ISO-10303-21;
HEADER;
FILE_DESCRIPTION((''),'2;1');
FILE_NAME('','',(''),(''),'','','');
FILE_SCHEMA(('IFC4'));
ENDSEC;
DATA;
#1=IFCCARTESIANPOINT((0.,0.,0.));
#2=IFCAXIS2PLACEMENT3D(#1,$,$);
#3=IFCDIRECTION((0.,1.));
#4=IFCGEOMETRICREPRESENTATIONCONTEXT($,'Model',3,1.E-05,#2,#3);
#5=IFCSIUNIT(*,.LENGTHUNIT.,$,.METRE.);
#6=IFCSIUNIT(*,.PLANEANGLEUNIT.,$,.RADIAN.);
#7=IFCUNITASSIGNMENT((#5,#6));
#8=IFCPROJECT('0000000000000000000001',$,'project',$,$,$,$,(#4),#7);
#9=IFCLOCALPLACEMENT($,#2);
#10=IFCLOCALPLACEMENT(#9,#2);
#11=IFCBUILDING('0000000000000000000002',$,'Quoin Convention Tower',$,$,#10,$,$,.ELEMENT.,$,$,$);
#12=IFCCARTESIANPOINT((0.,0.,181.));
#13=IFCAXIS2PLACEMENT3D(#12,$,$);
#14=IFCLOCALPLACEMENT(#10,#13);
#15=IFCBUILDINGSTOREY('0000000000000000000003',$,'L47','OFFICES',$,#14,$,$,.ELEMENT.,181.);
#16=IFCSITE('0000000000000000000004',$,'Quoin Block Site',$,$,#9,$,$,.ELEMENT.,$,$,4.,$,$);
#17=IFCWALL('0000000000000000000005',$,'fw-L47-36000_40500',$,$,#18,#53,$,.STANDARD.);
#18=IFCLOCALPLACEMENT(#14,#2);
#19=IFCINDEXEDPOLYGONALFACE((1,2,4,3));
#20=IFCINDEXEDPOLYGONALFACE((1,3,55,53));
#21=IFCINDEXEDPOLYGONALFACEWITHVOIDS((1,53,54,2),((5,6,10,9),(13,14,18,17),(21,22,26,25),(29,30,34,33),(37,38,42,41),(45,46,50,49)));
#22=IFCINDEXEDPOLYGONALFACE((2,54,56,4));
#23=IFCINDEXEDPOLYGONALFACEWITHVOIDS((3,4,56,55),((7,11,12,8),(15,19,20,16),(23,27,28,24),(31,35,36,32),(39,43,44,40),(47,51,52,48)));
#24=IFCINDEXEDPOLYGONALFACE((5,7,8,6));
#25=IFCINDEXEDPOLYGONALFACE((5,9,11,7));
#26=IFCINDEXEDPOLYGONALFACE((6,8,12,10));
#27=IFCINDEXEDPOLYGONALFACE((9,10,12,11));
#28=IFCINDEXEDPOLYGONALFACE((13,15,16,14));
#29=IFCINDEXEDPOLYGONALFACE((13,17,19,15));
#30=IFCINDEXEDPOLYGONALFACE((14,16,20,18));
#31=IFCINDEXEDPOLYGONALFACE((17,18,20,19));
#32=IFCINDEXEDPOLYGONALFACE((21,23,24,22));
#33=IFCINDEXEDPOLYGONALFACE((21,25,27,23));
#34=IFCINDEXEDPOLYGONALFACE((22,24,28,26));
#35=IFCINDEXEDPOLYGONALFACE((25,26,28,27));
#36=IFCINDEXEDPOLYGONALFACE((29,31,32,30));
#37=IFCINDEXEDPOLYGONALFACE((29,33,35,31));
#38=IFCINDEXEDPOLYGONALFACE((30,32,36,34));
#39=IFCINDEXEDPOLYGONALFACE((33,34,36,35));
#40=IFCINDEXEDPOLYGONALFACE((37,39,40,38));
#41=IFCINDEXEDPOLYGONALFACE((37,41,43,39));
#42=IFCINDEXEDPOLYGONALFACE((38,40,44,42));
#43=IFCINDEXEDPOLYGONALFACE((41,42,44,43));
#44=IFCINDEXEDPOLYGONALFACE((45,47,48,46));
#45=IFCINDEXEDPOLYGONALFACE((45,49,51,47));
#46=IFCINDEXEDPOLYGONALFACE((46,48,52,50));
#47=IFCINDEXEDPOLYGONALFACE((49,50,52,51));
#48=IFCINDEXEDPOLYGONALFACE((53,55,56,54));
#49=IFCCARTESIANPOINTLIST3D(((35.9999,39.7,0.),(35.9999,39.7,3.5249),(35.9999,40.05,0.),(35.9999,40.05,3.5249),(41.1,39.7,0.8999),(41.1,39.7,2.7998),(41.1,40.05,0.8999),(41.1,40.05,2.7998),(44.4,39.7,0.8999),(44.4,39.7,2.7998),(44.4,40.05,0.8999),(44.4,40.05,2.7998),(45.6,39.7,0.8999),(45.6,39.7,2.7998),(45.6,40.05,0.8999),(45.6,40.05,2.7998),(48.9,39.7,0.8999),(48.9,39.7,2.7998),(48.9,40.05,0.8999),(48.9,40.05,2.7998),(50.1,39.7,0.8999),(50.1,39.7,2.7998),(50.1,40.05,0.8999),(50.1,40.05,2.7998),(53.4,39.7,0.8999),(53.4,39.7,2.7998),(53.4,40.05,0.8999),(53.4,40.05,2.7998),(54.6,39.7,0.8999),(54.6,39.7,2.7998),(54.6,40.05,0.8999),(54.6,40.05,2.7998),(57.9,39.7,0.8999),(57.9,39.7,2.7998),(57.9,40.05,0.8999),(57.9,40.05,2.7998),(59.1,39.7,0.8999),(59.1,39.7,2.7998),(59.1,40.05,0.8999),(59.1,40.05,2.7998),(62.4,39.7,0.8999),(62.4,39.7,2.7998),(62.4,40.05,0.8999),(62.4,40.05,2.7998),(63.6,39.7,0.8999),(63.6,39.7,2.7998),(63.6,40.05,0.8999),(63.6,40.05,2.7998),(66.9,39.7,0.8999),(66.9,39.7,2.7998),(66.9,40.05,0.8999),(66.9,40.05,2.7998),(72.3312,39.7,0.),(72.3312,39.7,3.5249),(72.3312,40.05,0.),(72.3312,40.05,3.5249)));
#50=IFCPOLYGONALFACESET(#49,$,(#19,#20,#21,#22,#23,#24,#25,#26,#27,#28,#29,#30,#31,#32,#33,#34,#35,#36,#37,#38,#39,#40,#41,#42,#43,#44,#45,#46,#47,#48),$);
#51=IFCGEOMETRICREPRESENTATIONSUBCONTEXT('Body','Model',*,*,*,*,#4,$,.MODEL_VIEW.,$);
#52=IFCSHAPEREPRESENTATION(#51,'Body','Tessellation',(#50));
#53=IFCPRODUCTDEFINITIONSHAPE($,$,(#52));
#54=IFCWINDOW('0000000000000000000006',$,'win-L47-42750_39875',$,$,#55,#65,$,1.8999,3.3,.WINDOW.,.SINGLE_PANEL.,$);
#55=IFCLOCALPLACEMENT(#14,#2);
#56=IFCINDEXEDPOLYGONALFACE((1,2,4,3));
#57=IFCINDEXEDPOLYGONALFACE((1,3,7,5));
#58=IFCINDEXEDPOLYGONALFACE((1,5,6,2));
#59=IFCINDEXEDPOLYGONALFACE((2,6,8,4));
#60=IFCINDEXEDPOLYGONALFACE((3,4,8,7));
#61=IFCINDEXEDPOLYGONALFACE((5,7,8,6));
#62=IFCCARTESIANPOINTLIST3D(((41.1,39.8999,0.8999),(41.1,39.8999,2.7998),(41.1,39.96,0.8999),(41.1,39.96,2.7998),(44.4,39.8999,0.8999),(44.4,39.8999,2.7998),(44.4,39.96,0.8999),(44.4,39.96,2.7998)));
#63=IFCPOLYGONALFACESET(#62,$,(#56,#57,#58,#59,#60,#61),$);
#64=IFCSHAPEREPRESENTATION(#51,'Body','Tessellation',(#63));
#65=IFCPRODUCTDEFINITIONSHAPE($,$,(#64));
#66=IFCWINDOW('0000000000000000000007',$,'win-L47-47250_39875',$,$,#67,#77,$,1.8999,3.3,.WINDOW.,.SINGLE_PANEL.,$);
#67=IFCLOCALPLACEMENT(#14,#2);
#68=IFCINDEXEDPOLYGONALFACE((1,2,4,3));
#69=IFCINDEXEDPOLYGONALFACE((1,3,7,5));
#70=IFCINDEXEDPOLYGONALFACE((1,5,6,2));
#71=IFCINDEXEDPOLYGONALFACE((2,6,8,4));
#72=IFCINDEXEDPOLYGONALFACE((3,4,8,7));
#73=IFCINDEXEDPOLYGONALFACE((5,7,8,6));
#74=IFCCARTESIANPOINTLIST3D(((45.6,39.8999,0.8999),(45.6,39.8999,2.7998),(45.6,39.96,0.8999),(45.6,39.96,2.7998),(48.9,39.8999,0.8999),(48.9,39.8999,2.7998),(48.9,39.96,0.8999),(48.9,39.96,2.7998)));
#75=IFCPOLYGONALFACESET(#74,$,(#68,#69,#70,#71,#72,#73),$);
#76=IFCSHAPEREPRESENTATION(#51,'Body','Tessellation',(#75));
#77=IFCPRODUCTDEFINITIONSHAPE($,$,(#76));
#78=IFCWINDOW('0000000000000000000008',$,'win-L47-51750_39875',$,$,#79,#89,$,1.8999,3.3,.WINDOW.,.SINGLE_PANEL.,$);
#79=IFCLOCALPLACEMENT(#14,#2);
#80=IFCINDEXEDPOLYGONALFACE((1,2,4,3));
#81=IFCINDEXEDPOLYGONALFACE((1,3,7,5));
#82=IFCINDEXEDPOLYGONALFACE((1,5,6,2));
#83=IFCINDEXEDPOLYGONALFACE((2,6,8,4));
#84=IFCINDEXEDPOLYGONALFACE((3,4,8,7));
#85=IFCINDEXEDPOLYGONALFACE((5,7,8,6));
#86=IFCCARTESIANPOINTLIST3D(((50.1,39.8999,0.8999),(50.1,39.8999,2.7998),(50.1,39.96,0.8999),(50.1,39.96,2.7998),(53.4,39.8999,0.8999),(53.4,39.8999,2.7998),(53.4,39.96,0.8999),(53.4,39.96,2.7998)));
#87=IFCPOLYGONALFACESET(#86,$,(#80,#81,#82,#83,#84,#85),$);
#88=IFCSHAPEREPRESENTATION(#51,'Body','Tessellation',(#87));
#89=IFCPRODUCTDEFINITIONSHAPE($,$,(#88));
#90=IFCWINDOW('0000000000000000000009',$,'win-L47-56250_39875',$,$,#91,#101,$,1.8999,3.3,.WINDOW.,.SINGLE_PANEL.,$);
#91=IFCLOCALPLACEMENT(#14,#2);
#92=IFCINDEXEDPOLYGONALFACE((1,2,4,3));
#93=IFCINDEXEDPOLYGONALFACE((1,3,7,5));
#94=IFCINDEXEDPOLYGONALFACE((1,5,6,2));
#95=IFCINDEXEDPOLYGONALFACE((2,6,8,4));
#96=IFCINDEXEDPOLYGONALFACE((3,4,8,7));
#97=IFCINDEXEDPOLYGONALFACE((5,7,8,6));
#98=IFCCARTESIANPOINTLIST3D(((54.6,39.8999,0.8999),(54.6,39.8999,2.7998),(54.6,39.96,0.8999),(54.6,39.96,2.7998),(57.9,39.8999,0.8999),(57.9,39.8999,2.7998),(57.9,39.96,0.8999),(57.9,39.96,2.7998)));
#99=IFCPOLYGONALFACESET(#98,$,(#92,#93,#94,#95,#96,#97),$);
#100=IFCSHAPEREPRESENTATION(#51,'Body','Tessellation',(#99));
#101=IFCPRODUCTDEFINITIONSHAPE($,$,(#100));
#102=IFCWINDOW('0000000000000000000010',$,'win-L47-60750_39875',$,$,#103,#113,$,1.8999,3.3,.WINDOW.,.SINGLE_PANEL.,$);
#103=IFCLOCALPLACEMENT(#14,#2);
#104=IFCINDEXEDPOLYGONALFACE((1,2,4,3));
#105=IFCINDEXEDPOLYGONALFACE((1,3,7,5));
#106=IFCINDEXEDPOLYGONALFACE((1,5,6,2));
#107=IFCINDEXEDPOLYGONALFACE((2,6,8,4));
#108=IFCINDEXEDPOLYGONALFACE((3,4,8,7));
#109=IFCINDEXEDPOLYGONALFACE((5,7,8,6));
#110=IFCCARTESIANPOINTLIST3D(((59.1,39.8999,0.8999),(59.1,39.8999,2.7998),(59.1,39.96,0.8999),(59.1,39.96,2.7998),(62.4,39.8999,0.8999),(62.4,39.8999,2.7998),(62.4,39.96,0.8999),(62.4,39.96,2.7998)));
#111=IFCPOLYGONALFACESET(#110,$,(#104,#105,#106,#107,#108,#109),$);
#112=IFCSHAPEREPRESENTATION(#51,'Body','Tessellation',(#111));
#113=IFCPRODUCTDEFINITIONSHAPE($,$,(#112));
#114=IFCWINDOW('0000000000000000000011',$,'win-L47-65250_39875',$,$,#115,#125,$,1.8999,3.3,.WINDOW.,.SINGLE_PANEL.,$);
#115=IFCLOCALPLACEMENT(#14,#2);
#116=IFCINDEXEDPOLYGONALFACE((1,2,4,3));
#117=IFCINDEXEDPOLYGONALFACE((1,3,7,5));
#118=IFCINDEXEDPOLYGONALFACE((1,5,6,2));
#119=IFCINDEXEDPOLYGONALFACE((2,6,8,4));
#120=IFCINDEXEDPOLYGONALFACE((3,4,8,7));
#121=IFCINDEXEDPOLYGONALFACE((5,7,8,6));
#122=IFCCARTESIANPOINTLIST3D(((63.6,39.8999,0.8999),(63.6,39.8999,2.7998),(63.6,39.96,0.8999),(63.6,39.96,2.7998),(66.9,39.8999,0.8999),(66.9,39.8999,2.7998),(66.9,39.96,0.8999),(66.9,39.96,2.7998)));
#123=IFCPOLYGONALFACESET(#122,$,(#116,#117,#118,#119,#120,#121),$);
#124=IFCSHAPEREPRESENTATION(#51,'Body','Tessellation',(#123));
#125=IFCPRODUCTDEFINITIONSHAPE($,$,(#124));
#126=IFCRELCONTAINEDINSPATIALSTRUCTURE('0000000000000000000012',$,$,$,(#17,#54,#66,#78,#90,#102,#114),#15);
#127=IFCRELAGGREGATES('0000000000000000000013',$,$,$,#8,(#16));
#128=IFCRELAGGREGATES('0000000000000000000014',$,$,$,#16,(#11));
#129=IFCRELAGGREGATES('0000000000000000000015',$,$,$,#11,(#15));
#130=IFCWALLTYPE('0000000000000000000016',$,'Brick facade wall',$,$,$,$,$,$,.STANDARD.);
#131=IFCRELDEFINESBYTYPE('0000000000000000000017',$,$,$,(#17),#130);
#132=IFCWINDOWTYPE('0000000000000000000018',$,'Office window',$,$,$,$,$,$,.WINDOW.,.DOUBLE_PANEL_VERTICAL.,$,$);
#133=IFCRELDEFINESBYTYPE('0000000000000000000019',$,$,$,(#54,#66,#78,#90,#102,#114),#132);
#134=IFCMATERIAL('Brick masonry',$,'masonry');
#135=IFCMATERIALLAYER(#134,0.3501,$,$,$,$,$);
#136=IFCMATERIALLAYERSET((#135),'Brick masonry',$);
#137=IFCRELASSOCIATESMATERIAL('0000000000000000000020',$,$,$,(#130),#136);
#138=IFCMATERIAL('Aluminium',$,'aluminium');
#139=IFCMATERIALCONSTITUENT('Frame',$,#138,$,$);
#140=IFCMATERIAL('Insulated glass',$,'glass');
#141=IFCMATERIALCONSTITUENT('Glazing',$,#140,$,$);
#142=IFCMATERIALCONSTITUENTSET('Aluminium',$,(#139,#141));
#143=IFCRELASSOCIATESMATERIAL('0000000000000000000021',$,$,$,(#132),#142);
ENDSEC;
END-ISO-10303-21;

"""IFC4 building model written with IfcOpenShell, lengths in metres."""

from ifc_helpers import new_model, si_unit, direction, frame, frame_2d, origin, place, context, subcontext, project, spatial, rectangle, extrude, material, layer, layer_set, constituent, constituent_set, type_object, element, fill, save


model = new_model("IFC4")

# Units and contexts
model_context = context("Model", 3, precision=1e-05, world=origin(), true_north=direction((0.0, 1.0)))
body_context = subcontext(model_context, "Body", "Model", "MODEL_VIEW")
ifc_project = project(units=[si_unit("LENGTHUNIT", "METRE"), si_unit("PLANEANGLEUNIT", "RADIAN")], contexts=[model_context])

# Site, building, storey
site_placement = place(None, origin())
site = spatial("IfcSite", under=ifc_project, at=site_placement, Name="Quoin Block Site", CompositionType="ELEMENT", RefElevation=4.0)
building_placement = place(site_placement, origin())
building = spatial("IfcBuilding", under=site, at=building_placement, Name="Quoin Convention Tower", CompositionType="ELEMENT")
storey_placement = place(building_placement, frame((0.0, 0.0, 181.0)))
storey = spatial("IfcBuildingStorey", under=building, at=storey_placement, Name="L47", Description="OFFICES", CompositionType="ELEMENT", Elevation=181.0)

# Wall, openings, windows
ifc_material_1 = material(Name="Brick masonry", Category="masonry")
ifc_layer_1 = layer(ifc_material_1, 0.3501)
ifc_layer_set_1 = layer_set([ifc_layer_1], Name="Brick masonry")
wall_type_1 = type_object("IfcWallType", Name="Brick facade wall", PredefinedType="STANDARD", material=ifc_layer_set_1)
wall_1_placement = place(storey_placement, frame((36.0, 39.875, 0.0), z_axis=(0.0, 0.0, 1.0), x_axis=(1.0, 0.0, 0.0)))
wall_1 = element("IfcWall", 1, at=wall_1_placement, inside=storey, type_object=wall_type_1, Name="fw-L47-36000_40500", PredefinedType="STANDARD", context=body_context, shape_type="SweptSolid", body=[
    extrude(rectangle(XDim=36.3313, YDim=0.3501, at=frame_2d((18.1655, 0.0))), origin(), (0.0, 0.0, 1.0), 3.5249),
])
opening_1_placement = place(wall_1_placement, frame((5.1001, 0.0, 0.8999)))
opening_1 = element("IfcOpeningElement", 2, at=opening_1_placement, cuts=wall_1, PredefinedType="OPENING", context=body_context, shape_type="SweptSolid", body=[
    extrude(rectangle(XDim=3.3, YDim=1.8999, at=frame_2d((1.6499, 0.95))), frame((0.0, 0.1851, 0.0), z_axis=(0.0, -1.0, 0.0), x_axis=(1.0, 0.0, 0.0)), (0.0, 0.0, 1.0), 0.3701),
])
opening_2_placement = place(wall_1_placement, frame((9.6001, 0.0, 0.8999)))
opening_2 = element("IfcOpeningElement", 3, at=opening_2_placement, cuts=wall_1, PredefinedType="OPENING", context=body_context, shape_type="SweptSolid", body=[
    extrude(rectangle(XDim=3.3, YDim=1.8999, at=frame_2d((1.6499, 0.95))), frame((0.0, 0.1851, 0.0), z_axis=(0.0, -1.0, 0.0), x_axis=(1.0, 0.0, 0.0)), (0.0, 0.0, 1.0), 0.3701),
])
opening_3_placement = place(wall_1_placement, frame((14.1001, 0.0, 0.8999)))
opening_3 = element("IfcOpeningElement", 4, at=opening_3_placement, cuts=wall_1, PredefinedType="OPENING", context=body_context, shape_type="SweptSolid", body=[
    extrude(rectangle(XDim=3.3, YDim=1.8999, at=frame_2d((1.6499, 0.95))), frame((0.0, 0.1851, 0.0), z_axis=(0.0, -1.0, 0.0), x_axis=(1.0, 0.0, 0.0)), (0.0, 0.0, 1.0), 0.3701),
])
opening_4_placement = place(wall_1_placement, frame((18.6001, 0.0, 0.8999)))
opening_4 = element("IfcOpeningElement", 5, at=opening_4_placement, cuts=wall_1, PredefinedType="OPENING", context=body_context, shape_type="SweptSolid", body=[
    extrude(rectangle(XDim=3.3, YDim=1.8999, at=frame_2d((1.6499, 0.95))), frame((0.0, 0.1851, 0.0), z_axis=(0.0, -1.0, 0.0), x_axis=(1.0, 0.0, 0.0)), (0.0, 0.0, 1.0), 0.3701),
])
opening_5_placement = place(wall_1_placement, frame((23.1001, 0.0, 0.8999)))
opening_5 = element("IfcOpeningElement", 6, at=opening_5_placement, cuts=wall_1, PredefinedType="OPENING", context=body_context, shape_type="SweptSolid", body=[
    extrude(rectangle(XDim=3.3, YDim=1.8999, at=frame_2d((1.6499, 0.95))), frame((0.0, 0.1851, 0.0), z_axis=(0.0, -1.0, 0.0), x_axis=(1.0, 0.0, 0.0)), (0.0, 0.0, 1.0), 0.3701),
])
opening_6_placement = place(wall_1_placement, frame((27.6001, 0.0, 0.8999)))
opening_6 = element("IfcOpeningElement", 7, at=opening_6_placement, cuts=wall_1, PredefinedType="OPENING", context=body_context, shape_type="SweptSolid", body=[
    extrude(rectangle(XDim=3.3, YDim=1.8999, at=frame_2d((1.6499, 0.95))), frame((0.0, 0.1851, 0.0), z_axis=(0.0, -1.0, 0.0), x_axis=(1.0, 0.0, 0.0)), (0.0, 0.0, 1.0), 0.3701),
])
ifc_material_2 = material(Name="Aluminium", Category="aluminium")
ifc_constituent_1 = constituent(ifc_material_2, Name="Frame")
ifc_material_3 = material(Name="Insulated glass", Category="glass")
ifc_constituent_2 = constituent(ifc_material_3, Name="Glazing")
ifc_constituent_set = constituent_set(constituents=[ifc_constituent_1, ifc_constituent_2], Name="Aluminium")
window_type = type_object("IfcWindowType", Name="Office window", PartitioningType="DOUBLE_PANEL_VERTICAL", PredefinedType="WINDOW", material=ifc_constituent_set)
window_1_placement = place(opening_1_placement, origin())
window_1 = element("IfcWindow", 8, at=window_1_placement, inside=storey, type_object=window_type, Name="win-L47-42750_39875", OverallHeight=1.8999, OverallWidth=3.3, PartitioningType="SINGLE_PANEL", PredefinedType="WINDOW", context=body_context, shape_type="SweptSolid", body=[
    extrude(rectangle(XDim=3.3, YDim=1.8999, at=frame_2d((1.6499, 0.95))), frame((0.0, 0.085, 0.0), z_axis=(0.0, -1.0, 0.0), x_axis=(1.0, 0.0, 0.0)), (0.0, 0.0, 1.0), 0.0601),
])
fill(opening_1, window_1)
window_2_placement = place(opening_2_placement, origin())
window_2 = element("IfcWindow", 9, at=window_2_placement, inside=storey, type_object=window_type, Name="win-L47-47250_39875", OverallHeight=1.8999, OverallWidth=3.3, PartitioningType="SINGLE_PANEL", PredefinedType="WINDOW", context=body_context, shape_type="SweptSolid", body=[
    extrude(rectangle(XDim=3.3, YDim=1.8999, at=frame_2d((1.6499, 0.95))), frame((0.0, 0.085, 0.0), z_axis=(0.0, -1.0, 0.0), x_axis=(1.0, 0.0, 0.0)), (0.0, 0.0, 1.0), 0.0601),
])
fill(opening_2, window_2)
window_3_placement = place(opening_3_placement, origin())
window_3 = element("IfcWindow", 10, at=window_3_placement, inside=storey, type_object=window_type, Name="win-L47-51750_39875", OverallHeight=1.8999, OverallWidth=3.3, PartitioningType="SINGLE_PANEL", PredefinedType="WINDOW", context=body_context, shape_type="SweptSolid", body=[
    extrude(rectangle(XDim=3.3, YDim=1.8999, at=frame_2d((1.6499, 0.95))), frame((0.0, 0.085, 0.0), z_axis=(0.0, -1.0, 0.0), x_axis=(1.0, 0.0, 0.0)), (0.0, 0.0, 1.0), 0.0601),
])
fill(opening_3, window_3)
window_4_placement = place(opening_4_placement, origin())
window_4 = element("IfcWindow", 11, at=window_4_placement, inside=storey, type_object=window_type, Name="win-L47-56250_39875", OverallHeight=1.8999, OverallWidth=3.3, PartitioningType="SINGLE_PANEL", PredefinedType="WINDOW", context=body_context, shape_type="SweptSolid", body=[
    extrude(rectangle(XDim=3.3, YDim=1.8999, at=frame_2d((1.6499, 0.95))), frame((0.0, 0.085, 0.0), z_axis=(0.0, -1.0, 0.0), x_axis=(1.0, 0.0, 0.0)), (0.0, 0.0, 1.0), 0.0601),
])
fill(opening_4, window_4)
window_5_placement = place(opening_5_placement, origin())
window_5 = element("IfcWindow", 12, at=window_5_placement, inside=storey, type_object=window_type, Name="win-L47-60750_39875", OverallHeight=1.8999, OverallWidth=3.3, PartitioningType="SINGLE_PANEL", PredefinedType="WINDOW", context=body_context, shape_type="SweptSolid", body=[
    extrude(rectangle(XDim=3.3, YDim=1.8999, at=frame_2d((1.6499, 0.95))), frame((0.0, 0.085, 0.0), z_axis=(0.0, -1.0, 0.0), x_axis=(1.0, 0.0, 0.0)), (0.0, 0.0, 1.0), 0.0601),
])
fill(opening_5, window_5)
window_6_placement = place(opening_6_placement, origin())
window_6 = element("IfcWindow", 13, at=window_6_placement, inside=storey, type_object=window_type, Name="win-L47-65250_39875", OverallHeight=1.8999, OverallWidth=3.3, PartitioningType="SINGLE_PANEL", PredefinedType="WINDOW", context=body_context, shape_type="SweptSolid", body=[
    extrude(rectangle(XDim=3.3, YDim=1.8999, at=frame_2d((1.6499, 0.95))), frame((0.0, 0.085, 0.0), z_axis=(0.0, -1.0, 0.0), x_axis=(1.0, 0.0, 0.0)), (0.0, 0.0, 1.0), 0.0601),
])
fill(opening_6, window_6)

save(model, "model.ifc")
